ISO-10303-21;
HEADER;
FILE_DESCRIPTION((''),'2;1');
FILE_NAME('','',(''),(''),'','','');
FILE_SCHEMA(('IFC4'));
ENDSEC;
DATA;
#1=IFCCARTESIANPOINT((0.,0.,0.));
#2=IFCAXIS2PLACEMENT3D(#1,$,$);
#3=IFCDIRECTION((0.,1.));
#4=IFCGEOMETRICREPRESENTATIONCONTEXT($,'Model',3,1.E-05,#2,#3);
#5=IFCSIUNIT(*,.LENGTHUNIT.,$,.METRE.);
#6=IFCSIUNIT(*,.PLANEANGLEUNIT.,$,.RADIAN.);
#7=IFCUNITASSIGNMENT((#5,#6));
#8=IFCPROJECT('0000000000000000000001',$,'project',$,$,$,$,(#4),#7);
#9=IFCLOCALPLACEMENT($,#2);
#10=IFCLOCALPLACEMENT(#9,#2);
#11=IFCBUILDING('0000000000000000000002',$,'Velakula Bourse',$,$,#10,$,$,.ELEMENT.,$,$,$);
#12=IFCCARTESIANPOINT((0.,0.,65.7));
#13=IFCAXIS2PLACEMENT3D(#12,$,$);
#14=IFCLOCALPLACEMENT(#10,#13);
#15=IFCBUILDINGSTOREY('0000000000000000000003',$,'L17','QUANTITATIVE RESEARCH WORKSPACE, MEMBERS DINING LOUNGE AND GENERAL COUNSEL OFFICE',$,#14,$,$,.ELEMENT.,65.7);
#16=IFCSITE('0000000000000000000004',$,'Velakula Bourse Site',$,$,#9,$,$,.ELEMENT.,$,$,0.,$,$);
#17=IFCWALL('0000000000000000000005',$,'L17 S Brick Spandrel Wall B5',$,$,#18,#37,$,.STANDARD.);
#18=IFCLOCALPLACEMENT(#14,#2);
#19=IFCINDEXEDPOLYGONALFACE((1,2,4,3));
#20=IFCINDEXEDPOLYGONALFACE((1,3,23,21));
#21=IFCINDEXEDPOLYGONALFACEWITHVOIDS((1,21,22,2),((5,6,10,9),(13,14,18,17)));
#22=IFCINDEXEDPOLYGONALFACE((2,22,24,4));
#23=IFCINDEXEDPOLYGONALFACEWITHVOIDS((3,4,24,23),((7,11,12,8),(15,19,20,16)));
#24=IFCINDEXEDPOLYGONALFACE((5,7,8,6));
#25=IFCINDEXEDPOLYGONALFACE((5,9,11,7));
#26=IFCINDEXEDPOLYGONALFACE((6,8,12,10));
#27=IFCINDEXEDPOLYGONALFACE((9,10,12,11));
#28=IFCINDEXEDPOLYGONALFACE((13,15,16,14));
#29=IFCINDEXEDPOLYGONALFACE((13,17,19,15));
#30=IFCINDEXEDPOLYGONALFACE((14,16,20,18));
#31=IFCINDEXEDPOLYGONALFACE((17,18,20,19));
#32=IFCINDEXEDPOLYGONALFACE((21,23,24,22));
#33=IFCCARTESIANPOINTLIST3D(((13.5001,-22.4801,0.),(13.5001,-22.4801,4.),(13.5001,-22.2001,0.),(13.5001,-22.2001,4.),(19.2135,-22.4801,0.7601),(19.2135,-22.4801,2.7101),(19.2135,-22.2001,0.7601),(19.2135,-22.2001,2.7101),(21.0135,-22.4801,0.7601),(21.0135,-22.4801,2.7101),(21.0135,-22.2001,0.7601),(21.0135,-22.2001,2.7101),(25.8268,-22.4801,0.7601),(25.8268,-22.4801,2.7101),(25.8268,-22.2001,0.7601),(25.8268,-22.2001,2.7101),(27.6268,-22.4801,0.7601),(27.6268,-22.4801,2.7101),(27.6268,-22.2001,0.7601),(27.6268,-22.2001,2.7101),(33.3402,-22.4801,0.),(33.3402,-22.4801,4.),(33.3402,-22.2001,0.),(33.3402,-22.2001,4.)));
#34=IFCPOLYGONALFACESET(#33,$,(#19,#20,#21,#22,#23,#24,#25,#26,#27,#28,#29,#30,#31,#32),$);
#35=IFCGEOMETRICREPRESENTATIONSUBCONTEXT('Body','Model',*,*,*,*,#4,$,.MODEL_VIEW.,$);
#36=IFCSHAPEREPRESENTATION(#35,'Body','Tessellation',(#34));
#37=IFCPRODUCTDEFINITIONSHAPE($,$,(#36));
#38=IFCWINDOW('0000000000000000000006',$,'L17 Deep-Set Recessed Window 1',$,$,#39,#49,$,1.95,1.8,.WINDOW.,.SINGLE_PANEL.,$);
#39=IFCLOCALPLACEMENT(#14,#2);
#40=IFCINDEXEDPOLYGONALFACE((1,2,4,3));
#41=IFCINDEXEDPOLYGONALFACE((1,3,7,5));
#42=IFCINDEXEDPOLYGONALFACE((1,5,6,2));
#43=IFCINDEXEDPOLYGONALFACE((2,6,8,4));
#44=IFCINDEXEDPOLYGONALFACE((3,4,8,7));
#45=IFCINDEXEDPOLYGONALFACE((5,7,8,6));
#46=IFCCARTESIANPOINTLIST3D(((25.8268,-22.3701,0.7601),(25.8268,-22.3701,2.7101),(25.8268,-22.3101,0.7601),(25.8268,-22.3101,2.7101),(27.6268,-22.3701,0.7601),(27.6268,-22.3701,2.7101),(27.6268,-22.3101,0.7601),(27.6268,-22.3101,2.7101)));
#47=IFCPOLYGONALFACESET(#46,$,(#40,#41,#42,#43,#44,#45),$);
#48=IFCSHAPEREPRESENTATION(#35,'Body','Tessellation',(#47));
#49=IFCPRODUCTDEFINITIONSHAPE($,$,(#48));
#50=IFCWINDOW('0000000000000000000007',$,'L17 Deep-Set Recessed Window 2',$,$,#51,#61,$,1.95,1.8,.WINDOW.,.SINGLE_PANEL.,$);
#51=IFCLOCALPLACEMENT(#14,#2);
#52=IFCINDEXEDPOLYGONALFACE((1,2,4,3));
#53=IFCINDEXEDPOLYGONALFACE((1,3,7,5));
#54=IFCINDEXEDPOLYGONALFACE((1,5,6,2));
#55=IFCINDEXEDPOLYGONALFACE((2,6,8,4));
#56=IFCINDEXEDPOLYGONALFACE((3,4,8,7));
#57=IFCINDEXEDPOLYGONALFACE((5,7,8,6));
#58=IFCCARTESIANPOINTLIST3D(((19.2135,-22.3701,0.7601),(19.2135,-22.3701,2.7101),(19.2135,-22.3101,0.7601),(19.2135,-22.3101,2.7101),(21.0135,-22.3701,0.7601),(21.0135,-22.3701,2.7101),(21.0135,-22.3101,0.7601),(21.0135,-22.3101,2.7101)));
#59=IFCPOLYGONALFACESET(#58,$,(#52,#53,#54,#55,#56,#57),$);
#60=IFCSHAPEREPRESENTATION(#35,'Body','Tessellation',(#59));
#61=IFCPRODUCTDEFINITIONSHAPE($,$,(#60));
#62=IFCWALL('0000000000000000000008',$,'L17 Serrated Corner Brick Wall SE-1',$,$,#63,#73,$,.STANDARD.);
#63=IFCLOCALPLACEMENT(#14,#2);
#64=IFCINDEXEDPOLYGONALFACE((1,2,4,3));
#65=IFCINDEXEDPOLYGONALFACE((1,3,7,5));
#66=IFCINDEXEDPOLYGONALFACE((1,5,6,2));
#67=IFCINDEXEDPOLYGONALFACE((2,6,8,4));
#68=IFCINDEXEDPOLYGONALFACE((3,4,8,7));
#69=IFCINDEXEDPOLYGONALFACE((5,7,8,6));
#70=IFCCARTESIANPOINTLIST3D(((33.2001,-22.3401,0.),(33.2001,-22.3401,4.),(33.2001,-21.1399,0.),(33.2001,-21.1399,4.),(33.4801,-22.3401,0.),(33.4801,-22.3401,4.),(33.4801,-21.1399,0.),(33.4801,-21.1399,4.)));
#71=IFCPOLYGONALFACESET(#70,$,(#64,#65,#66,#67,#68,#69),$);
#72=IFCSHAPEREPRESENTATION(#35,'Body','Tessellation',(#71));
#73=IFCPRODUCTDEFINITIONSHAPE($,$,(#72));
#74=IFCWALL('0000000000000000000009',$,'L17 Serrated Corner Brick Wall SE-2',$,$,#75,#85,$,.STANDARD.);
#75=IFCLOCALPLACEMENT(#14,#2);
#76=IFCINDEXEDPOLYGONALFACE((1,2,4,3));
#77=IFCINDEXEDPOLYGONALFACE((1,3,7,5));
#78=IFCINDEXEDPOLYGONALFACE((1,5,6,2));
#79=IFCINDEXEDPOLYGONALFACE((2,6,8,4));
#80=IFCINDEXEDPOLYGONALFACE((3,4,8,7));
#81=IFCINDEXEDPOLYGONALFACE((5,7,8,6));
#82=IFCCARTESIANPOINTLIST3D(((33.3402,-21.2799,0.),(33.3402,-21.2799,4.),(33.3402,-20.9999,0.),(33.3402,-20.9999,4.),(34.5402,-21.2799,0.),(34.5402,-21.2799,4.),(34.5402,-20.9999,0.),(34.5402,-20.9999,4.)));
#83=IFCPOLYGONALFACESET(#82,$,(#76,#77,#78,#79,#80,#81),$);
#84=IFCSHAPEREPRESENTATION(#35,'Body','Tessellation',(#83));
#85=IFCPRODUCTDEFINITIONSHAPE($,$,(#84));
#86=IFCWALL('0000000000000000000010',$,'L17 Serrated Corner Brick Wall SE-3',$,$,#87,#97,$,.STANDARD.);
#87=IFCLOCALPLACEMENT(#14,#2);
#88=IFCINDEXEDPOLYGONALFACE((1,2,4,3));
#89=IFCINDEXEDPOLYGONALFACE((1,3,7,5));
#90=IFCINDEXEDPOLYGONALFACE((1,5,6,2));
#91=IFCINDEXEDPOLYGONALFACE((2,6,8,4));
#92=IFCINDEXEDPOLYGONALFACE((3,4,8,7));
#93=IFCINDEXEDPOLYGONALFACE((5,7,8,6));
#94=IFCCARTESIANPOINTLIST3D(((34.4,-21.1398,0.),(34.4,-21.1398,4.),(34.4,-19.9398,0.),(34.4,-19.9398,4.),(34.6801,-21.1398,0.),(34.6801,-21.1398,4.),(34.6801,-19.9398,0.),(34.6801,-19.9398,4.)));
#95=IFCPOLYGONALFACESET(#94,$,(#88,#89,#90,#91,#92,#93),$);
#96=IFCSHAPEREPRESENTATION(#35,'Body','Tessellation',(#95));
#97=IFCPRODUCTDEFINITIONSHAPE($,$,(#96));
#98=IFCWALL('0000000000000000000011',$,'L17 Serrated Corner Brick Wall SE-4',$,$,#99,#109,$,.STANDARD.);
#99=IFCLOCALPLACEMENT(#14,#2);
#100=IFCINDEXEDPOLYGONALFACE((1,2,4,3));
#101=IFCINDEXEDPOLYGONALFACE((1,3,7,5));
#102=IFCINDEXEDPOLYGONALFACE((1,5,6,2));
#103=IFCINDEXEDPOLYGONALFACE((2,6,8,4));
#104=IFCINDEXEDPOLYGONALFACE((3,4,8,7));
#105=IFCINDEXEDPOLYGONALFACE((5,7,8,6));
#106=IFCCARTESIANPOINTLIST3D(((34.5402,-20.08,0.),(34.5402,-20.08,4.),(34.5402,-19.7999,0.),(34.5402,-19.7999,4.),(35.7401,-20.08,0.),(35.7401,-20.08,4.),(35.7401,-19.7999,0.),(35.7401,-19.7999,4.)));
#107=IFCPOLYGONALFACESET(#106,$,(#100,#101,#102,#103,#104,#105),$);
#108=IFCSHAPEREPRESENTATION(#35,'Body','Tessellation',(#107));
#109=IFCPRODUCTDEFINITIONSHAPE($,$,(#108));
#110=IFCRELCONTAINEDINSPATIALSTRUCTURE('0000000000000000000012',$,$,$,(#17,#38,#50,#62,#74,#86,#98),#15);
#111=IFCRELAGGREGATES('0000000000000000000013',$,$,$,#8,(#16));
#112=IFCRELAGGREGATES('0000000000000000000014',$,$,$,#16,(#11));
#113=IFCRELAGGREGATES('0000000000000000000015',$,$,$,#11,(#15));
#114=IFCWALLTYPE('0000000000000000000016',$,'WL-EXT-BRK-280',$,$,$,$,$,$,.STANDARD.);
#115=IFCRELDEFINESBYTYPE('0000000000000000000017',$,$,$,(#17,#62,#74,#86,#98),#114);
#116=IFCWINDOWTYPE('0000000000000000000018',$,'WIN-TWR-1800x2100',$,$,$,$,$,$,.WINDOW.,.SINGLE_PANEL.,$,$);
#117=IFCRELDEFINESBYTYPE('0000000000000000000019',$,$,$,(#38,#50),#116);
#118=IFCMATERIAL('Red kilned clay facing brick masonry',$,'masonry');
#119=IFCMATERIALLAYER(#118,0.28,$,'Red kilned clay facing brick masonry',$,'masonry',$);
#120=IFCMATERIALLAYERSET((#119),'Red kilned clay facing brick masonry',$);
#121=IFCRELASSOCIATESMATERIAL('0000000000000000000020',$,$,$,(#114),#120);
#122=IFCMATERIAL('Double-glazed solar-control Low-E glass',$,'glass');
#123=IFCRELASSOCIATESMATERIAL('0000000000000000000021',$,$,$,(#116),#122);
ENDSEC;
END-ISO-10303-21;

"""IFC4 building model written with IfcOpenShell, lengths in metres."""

from ifc_helpers import new_model, si_unit, direction, frame, frame_2d, origin, place, context, subcontext, project, spatial, rectangle, extrude, material, layer, layer_set, type_object, element, fill, save


model = new_model("IFC4")

# Units and contexts
model_context = context("Model", 3, precision=1e-05, world=origin(), true_north=direction((0.0, 1.0)))
body_context = subcontext(model_context, "Body", "Model", "MODEL_VIEW")
ifc_project = project(units=[si_unit("LENGTHUNIT", "METRE"), si_unit("PLANEANGLEUNIT", "RADIAN")], contexts=[model_context])

# Site, building, storey
site_placement = place(None, origin())
site = spatial("IfcSite", under=ifc_project, at=site_placement, Name="Velakula Bourse Site", CompositionType="ELEMENT", RefElevation=0.0)
building_placement = place(site_placement, origin())
building = spatial("IfcBuilding", under=site, at=building_placement, Name="Velakula Bourse", CompositionType="ELEMENT")
storey_placement = place(building_placement, frame((0.0, 0.0, 65.7)))
storey = spatial("IfcBuildingStorey", under=building, at=storey_placement, Name="L17", Description="QUANTITATIVE RESEARCH WORKSPACE, MEMBERS DINING LOUNGE AND GENERAL COUNSEL OFFICE", CompositionType="ELEMENT", Elevation=65.7)

# Wall, openings, windows
ifc_material_1 = material(Name="Red kilned clay facing brick masonry", Category="masonry")
ifc_layer_1 = layer(ifc_material_1, 0.28, Name="Red kilned clay facing brick masonry", Category="masonry")
ifc_layer_set_1 = layer_set([ifc_layer_1], Name="Red kilned clay facing brick masonry")
wall_type = type_object("IfcWallType", Name="WL-EXT-BRK-280", PredefinedType="STANDARD", material=ifc_layer_set_1)
wall_1_placement = place(storey_placement, frame((33.3401, -22.3401, 0.0), z_axis=(0.0, 0.0, 1.0), x_axis=(-1.0, 0.0, 0.0)))
wall_1 = element("IfcWall", 1, at=wall_1_placement, inside=storey, type_object=wall_type, Name="L17 S Brick Spandrel Wall B5", PredefinedType="STANDARD", context=body_context, shape_type="SweptSolid", body=[
    extrude(rectangle(XDim=19.8401, YDim=0.28, at=frame_2d((9.9199, 0.0))), origin(), (0.0, 0.0, 1.0), 4.0),
])
opening_1_placement = place(wall_1_placement, frame((5.7134, 0.0, 0.76)))
opening_1 = element("IfcOpeningElement", 2, at=opening_1_placement, cuts=wall_1, PredefinedType="OPENING", context=body_context, shape_type="SweptSolid", body=[
    extrude(rectangle(XDim=1.8, YDim=1.95, at=frame_2d((0.8999, 0.9751))), frame((0.0, 0.1499, 0.0), z_axis=(0.0, -1.0, 0.0), x_axis=(1.0, 0.0, 0.0)), (0.0, 0.0, 1.0), 0.3),
])
opening_2_placement = place(wall_1_placement, frame((12.3267, 0.0, 0.76)))
opening_2 = element("IfcOpeningElement", 3, at=opening_2_placement, cuts=wall_1, PredefinedType="OPENING", context=body_context, shape_type="SweptSolid", body=[
    extrude(rectangle(XDim=1.8, YDim=1.95, at=frame_2d((0.8999, 0.9751))), frame((0.0, 0.1499, 0.0), z_axis=(0.0, -1.0, 0.0), x_axis=(1.0, 0.0, 0.0)), (0.0, 0.0, 1.0), 0.3),
])
ifc_material_2 = material(Name="Double-glazed solar-control Low-E glass", Category="glass")
window_type = type_object("IfcWindowType", Name="WIN-TWR-1800x2100", PartitioningType="SINGLE_PANEL", PredefinedType="WINDOW", material=ifc_material_2)
window_1_placement = place(opening_1_placement, origin())
window_1 = element("IfcWindow", 4, at=window_1_placement, inside=storey, type_object=window_type, Name="L17 Deep-Set Recessed Window 1", OverallHeight=1.95, OverallWidth=1.8, PartitioningType="SINGLE_PANEL", PredefinedType="WINDOW", context=body_context, shape_type="SweptSolid", body=[
    extrude(rectangle(XDim=1.8, YDim=1.95, at=frame_2d((0.8999, 0.9751))), frame((0.0, 0.03, 0.0), z_axis=(0.0, -1.0, 0.0), x_axis=(1.0, 0.0, 0.0)), (0.0, 0.0, 1.0), 0.0601),
])
fill(opening_1, window_1)
window_2_placement = place(opening_2_placement, origin())
window_2 = element("IfcWindow", 5, at=window_2_placement, inside=storey, type_object=window_type, Name="L17 Deep-Set Recessed Window 2", OverallHeight=1.95, OverallWidth=1.8, PartitioningType="SINGLE_PANEL", PredefinedType="WINDOW", context=body_context, shape_type="SweptSolid", body=[
    extrude(rectangle(XDim=1.8, YDim=1.95, at=frame_2d((0.8999, 0.9751))), frame((0.0, 0.03, 0.0), z_axis=(0.0, -1.0, 0.0), x_axis=(1.0, 0.0, 0.0)), (0.0, 0.0, 1.0), 0.0601),
])
fill(opening_2, window_2)

# Walls
wall_2_placement = place(storey_placement, frame((33.3401, -22.3401, 0.0), z_axis=(0.0, 0.0, 1.0), x_axis=(0.0, 1.0, 0.0)))
element("IfcWall", 6, at=wall_2_placement, inside=storey, type_object=wall_type, Name="L17 Serrated Corner Brick Wall SE-1", PredefinedType="STANDARD", context=body_context, shape_type="SweptSolid", body=[
    extrude(rectangle(XDim=1.2002, YDim=0.28, at=frame_2d((0.6001, 0.0))), origin(), (0.0, 0.0, 1.0), 4.0),
])
for number, where, z_axis, x_axis, name in (
    (7, (33.3401, -21.1399, 0.0), (0.0, 0.0, 1.0), (1.0, 0.0, 0.0), "L17 Serrated Corner Brick Wall SE-2"),
    (8, (34.54, -21.1399, 0.0), (0.0, 0.0, 1.0), (0.0, 1.0, 0.0), "L17 Serrated Corner Brick Wall SE-3"),
    (9, (34.54, -19.9399, 0.0), (0.0, 0.0, 1.0), (1.0, 0.0, 0.0), "L17 Serrated Corner Brick Wall SE-4"),
):
    element("IfcWall", number, at=place(storey_placement, frame(where, z_axis=z_axis, x_axis=x_axis)), inside=storey, type_object=wall_type, Name=name, PredefinedType="STANDARD", context=body_context, shape_type="SweptSolid", body=[
        extrude(rectangle(XDim=1.2, YDim=0.28, at=frame_2d((0.6001, 0.0))), origin(), (0.0, 0.0, 1.0), 4.0),
    ])

save(model, "model.ifc")
